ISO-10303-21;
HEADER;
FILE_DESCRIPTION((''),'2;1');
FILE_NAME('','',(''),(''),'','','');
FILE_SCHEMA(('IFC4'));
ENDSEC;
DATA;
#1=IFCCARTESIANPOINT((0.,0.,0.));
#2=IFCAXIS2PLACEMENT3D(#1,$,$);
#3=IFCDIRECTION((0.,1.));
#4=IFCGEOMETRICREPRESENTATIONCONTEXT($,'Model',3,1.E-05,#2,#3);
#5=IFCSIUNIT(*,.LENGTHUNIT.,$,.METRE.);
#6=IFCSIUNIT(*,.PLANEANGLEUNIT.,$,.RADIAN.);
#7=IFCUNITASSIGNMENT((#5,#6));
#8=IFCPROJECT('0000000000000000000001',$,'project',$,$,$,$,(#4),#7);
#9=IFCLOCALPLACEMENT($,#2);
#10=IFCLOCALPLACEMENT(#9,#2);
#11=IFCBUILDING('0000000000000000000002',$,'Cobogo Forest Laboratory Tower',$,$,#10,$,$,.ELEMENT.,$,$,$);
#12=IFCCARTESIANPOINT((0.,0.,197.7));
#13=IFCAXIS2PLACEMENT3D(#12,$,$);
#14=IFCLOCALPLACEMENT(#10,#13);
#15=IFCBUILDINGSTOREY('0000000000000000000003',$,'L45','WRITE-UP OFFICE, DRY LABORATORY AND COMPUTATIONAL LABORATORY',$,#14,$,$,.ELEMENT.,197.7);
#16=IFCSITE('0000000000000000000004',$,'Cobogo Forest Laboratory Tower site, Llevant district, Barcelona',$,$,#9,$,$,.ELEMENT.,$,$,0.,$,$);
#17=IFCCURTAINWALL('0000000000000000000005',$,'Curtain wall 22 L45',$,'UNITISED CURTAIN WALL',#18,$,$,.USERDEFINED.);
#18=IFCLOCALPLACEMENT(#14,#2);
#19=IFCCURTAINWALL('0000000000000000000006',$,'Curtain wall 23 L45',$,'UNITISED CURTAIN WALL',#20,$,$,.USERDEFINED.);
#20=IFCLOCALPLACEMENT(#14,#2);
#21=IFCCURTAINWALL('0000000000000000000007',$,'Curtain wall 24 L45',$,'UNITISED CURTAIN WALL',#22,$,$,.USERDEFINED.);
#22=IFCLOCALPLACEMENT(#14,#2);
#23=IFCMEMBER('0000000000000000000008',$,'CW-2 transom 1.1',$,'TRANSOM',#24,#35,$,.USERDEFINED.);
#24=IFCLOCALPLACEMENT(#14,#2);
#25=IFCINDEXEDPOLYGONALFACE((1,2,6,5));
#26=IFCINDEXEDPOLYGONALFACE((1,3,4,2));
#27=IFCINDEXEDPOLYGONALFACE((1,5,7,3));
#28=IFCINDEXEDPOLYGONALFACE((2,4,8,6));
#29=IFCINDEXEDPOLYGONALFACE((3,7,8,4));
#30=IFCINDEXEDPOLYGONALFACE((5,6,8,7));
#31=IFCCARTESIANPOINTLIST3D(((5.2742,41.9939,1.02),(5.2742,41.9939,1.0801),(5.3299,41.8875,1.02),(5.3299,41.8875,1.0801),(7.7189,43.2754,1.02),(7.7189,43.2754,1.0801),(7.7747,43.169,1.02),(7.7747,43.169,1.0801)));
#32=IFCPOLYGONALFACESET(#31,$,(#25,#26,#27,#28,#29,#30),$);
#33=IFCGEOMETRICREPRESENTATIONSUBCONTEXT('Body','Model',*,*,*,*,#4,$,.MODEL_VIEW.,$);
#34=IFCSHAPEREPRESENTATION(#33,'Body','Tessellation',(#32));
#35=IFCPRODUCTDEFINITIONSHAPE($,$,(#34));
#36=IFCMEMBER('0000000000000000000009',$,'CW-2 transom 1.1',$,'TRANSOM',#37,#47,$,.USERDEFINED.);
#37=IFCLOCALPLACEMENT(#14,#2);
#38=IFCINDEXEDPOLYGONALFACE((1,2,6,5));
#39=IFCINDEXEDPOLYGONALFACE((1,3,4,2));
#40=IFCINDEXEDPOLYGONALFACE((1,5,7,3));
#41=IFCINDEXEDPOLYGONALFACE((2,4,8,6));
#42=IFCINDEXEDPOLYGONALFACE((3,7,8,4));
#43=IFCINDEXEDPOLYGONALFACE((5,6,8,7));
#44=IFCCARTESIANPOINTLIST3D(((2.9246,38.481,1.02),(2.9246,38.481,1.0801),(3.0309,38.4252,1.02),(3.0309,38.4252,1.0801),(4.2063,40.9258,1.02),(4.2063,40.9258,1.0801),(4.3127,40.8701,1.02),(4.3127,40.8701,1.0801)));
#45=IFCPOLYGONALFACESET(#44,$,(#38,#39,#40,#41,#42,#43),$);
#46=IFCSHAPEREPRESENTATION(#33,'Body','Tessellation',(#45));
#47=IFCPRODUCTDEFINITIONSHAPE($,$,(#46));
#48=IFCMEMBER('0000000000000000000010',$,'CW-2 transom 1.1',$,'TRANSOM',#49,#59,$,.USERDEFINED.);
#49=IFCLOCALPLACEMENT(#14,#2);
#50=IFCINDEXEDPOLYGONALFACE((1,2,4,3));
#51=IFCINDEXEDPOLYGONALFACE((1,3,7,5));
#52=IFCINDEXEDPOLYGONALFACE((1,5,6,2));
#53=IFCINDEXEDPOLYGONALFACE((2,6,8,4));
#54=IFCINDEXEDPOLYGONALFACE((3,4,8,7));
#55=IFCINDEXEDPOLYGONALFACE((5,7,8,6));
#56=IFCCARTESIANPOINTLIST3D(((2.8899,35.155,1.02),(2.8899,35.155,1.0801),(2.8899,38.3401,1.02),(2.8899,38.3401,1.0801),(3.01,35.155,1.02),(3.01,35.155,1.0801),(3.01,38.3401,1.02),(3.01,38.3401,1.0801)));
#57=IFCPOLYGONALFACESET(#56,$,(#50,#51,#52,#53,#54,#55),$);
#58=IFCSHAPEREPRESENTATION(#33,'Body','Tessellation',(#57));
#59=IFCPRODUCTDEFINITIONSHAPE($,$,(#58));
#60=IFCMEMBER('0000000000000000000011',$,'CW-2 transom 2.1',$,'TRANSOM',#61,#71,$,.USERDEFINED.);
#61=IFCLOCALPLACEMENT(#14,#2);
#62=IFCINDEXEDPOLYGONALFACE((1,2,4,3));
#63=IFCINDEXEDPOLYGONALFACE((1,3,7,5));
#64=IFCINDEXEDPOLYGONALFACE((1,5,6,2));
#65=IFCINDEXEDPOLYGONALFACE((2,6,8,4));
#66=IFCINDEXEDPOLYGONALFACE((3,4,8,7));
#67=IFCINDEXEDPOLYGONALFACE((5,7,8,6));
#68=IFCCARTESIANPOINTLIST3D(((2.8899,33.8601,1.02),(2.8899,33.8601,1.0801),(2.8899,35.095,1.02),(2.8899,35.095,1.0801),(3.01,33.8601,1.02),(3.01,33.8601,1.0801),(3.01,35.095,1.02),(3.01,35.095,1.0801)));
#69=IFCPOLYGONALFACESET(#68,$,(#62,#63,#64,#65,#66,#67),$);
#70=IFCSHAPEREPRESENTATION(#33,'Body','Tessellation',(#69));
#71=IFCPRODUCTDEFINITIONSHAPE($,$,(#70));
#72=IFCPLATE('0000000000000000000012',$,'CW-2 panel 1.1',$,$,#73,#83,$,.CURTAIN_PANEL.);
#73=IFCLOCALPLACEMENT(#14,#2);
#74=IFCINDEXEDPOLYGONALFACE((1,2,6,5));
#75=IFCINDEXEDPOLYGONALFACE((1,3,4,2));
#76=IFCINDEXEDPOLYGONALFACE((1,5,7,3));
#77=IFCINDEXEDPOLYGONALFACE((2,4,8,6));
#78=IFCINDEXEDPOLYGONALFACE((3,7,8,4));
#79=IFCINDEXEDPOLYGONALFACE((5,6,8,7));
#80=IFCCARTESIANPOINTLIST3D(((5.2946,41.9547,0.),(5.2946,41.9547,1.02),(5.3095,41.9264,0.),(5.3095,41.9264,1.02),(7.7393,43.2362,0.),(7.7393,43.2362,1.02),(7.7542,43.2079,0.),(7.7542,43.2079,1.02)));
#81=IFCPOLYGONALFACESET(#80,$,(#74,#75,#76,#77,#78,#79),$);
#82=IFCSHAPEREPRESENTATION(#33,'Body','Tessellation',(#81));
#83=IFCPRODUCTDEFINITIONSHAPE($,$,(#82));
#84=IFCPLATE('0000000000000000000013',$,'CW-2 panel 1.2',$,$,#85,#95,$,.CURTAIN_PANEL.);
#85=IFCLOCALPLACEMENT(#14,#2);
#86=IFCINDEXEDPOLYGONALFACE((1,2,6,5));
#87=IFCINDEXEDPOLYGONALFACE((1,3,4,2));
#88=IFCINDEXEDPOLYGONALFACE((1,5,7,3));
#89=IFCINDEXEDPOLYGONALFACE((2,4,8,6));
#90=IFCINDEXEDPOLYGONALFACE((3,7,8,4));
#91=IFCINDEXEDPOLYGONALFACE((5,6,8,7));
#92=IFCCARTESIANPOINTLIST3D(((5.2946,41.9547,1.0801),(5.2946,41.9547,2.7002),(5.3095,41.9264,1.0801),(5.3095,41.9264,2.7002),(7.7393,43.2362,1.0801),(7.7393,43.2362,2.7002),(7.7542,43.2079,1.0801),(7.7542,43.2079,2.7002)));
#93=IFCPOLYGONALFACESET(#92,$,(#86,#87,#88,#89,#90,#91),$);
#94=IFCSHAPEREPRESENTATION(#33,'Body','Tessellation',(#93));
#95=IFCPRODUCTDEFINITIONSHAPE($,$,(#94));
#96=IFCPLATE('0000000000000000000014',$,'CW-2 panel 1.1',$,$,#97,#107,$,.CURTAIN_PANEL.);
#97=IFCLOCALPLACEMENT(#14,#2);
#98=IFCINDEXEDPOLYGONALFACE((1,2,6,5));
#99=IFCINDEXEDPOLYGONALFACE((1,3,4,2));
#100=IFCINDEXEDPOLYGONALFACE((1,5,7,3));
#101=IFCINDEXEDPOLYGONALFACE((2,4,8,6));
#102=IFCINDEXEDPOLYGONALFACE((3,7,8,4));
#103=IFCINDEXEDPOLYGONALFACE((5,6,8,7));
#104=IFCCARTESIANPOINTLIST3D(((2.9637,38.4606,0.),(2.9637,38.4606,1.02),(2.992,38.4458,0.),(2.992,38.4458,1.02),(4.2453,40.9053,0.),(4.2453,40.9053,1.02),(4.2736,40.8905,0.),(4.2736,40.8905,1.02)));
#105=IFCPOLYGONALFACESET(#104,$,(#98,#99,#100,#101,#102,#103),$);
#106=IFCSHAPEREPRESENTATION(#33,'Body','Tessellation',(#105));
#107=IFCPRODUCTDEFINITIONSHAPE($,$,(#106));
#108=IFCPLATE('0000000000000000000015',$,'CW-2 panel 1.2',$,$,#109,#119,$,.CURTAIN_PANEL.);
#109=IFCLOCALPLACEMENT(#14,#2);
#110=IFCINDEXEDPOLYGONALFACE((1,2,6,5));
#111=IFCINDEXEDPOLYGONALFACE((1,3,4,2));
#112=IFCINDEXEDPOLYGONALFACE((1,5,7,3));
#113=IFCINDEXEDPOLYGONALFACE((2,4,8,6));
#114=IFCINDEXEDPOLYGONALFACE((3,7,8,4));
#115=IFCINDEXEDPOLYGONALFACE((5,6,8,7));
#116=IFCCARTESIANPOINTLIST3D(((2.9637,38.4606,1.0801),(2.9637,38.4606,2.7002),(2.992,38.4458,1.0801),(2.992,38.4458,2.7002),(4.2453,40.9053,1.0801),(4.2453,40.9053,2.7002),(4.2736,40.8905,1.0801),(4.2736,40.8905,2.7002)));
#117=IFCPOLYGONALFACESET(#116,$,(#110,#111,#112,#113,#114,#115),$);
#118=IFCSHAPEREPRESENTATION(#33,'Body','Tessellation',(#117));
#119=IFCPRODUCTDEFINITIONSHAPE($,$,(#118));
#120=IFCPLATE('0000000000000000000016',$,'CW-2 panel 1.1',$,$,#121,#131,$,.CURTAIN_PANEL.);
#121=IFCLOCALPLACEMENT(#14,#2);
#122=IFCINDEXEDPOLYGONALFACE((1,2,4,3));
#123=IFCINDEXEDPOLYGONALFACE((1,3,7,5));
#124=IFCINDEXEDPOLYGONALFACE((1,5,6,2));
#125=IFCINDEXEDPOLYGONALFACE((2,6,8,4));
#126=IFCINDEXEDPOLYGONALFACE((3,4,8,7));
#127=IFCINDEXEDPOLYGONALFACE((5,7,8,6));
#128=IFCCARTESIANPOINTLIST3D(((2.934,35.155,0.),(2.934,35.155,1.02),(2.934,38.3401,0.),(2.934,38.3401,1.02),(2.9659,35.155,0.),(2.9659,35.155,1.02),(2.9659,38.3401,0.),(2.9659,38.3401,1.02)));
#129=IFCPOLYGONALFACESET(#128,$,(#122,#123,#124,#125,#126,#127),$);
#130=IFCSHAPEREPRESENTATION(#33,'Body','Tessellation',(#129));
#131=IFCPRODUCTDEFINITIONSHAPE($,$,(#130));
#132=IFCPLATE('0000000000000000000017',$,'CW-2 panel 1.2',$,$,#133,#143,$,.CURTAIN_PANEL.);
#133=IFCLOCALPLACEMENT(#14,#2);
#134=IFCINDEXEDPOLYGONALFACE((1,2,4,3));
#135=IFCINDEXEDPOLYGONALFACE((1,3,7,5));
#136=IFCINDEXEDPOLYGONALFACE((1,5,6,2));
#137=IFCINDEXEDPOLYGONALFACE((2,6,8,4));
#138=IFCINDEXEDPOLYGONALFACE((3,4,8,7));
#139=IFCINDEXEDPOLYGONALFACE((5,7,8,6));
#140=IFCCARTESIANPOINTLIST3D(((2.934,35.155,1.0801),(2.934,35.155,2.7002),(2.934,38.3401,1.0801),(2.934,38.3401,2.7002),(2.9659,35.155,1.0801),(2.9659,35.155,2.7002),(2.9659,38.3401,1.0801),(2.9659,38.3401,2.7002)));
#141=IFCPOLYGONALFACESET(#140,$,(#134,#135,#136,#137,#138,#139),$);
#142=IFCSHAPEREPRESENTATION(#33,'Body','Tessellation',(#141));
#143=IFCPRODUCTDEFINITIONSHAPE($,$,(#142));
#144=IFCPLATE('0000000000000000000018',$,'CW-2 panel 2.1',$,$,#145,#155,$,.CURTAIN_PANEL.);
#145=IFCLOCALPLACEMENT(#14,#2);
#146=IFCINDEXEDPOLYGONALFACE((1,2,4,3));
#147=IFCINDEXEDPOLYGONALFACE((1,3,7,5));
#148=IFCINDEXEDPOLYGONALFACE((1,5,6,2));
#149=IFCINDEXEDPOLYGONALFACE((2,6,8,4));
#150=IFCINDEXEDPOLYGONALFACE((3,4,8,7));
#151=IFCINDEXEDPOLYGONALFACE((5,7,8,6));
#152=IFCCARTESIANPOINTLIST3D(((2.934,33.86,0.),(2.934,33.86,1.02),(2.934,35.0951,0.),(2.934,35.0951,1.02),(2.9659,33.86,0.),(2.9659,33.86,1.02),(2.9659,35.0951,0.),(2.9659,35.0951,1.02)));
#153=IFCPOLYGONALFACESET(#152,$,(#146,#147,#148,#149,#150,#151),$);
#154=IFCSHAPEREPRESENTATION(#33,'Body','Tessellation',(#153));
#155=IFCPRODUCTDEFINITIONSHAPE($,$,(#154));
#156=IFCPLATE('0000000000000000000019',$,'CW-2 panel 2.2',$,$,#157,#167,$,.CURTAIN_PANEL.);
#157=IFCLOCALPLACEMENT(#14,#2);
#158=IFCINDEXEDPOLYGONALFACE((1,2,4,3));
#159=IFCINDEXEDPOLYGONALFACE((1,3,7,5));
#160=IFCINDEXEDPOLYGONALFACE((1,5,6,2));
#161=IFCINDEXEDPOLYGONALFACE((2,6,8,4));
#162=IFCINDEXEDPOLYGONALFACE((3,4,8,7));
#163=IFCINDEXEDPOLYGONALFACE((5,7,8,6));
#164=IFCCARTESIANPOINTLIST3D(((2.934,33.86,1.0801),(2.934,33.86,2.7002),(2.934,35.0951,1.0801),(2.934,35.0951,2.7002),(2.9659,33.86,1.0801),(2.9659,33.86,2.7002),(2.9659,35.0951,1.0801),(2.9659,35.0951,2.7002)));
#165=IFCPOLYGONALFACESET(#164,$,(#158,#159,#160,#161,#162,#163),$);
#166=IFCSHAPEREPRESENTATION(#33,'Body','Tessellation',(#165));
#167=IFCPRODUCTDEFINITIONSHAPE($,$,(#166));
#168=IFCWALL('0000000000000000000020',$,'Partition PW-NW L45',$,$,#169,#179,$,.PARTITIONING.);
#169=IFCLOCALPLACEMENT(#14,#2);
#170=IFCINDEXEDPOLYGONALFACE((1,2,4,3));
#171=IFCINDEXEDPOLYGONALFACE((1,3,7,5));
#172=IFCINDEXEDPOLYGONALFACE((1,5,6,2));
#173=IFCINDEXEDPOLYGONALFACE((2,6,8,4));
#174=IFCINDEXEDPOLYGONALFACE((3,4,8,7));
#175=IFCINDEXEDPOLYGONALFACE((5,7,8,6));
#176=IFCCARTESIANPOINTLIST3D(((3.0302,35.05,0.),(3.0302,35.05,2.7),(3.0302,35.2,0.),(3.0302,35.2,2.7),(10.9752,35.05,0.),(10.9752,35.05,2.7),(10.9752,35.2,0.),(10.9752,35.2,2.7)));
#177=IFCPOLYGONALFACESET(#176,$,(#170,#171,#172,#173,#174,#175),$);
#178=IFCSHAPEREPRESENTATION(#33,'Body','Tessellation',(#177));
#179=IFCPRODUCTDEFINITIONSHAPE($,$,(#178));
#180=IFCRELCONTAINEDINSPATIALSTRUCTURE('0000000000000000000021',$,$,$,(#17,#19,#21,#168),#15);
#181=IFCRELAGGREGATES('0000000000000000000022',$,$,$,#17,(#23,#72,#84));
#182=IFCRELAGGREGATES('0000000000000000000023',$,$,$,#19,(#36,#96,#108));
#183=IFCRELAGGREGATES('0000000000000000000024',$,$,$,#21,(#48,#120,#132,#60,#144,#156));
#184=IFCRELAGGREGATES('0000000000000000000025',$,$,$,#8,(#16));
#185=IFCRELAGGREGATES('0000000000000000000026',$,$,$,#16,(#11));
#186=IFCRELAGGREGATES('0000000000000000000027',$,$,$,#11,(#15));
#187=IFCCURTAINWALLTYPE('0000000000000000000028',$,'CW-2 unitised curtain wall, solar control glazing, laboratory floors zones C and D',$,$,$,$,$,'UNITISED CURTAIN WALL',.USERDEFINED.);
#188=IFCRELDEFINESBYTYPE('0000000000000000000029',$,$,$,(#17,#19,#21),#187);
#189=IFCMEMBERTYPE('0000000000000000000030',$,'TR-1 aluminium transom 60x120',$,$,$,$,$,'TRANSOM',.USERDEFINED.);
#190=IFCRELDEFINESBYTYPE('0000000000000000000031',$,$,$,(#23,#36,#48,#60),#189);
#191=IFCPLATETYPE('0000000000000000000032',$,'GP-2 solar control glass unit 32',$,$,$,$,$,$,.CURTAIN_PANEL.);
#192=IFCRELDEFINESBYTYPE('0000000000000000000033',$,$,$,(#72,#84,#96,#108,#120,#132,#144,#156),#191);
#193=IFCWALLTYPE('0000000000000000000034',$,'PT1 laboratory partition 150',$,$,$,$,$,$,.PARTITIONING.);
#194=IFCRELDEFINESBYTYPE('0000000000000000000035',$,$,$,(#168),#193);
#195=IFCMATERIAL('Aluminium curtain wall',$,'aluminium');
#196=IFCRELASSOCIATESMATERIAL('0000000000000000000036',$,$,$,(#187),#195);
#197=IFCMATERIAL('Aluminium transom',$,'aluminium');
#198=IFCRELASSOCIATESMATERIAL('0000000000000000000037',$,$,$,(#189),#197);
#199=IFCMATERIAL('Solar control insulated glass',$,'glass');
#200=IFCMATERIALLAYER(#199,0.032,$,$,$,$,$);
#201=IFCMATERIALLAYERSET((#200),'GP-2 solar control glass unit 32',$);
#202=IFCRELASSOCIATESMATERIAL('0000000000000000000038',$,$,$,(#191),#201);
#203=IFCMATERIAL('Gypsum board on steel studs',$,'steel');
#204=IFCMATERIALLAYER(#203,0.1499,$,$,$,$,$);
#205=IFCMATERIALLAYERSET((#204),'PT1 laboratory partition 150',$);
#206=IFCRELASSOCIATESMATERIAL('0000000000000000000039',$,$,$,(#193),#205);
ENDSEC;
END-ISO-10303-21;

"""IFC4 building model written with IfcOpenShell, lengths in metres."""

from ifc_helpers import new_model, si_unit, direction, frame, frame_2d, origin, origin_2d, place, context, subcontext, project, spatial, rectangle, extrude, material, layer, layer_set, material_profile, profile_set, type_object, element, aggregate, save


model = new_model("IFC4")

# Units and contexts
model_context = context("Model", 3, precision=1e-05, world=origin(), true_north=direction((0.0, 1.0)))
body_context = subcontext(model_context, "Body", "Model", "MODEL_VIEW")
ifc_project = project(units=[si_unit("LENGTHUNIT", "METRE"), si_unit("PLANEANGLEUNIT", "RADIAN")], contexts=[model_context])

# Site, building, storey
site_placement = place(None, origin())
site = spatial("IfcSite", under=ifc_project, at=site_placement, Name="Cobogo Forest Laboratory Tower site, Llevant district, Barcelona", CompositionType="ELEMENT", RefElevation=0.0)
building_placement = place(site_placement, origin())
building = spatial("IfcBuilding", under=site, at=building_placement, Name="Cobogo Forest Laboratory Tower", CompositionType="ELEMENT")
storey_placement = place(building_placement, frame((0.0, 0.0, 197.7)))
storey = spatial("IfcBuildingStorey", under=building, at=storey_placement, Name="L45", Description="WRITE-UP OFFICE, DRY LABORATORY AND COMPUTATIONAL LABORATORY", CompositionType="ELEMENT", Elevation=197.7)

# Curtain walls
ifc_material_1 = material(Name="Aluminium curtain wall", Category="aluminium")
curtain_wall_type = type_object("IfcCurtainWallType", Name="CW-2 unitised curtain wall, solar control glazing, laboratory floors zones C and D", ElementType="UNITISED CURTAIN WALL", PredefinedType="USERDEFINED", material=ifc_material_1)
curtain_wall_1_placement = place(storey_placement, origin())
curtain_wall_1 = element("IfcCurtainWall", 1, at=curtain_wall_1_placement, inside=storey, type_object=curtain_wall_type, Name="Curtain wall 22 L45", ObjectType="UNITISED CURTAIN WALL", PredefinedType="USERDEFINED")
curtain_wall_2_placement = place(storey_placement, origin())
curtain_wall_2 = element("IfcCurtainWall", 2, at=curtain_wall_2_placement, inside=storey, type_object=curtain_wall_type, Name="Curtain wall 23 L45", ObjectType="UNITISED CURTAIN WALL", PredefinedType="USERDEFINED")
curtain_wall_3_placement = place(storey_placement, origin())
curtain_wall_3 = element("IfcCurtainWall", 3, at=curtain_wall_3_placement, inside=storey, type_object=curtain_wall_type, Name="Curtain wall 24 L45", ObjectType="UNITISED CURTAIN WALL", PredefinedType="USERDEFINED")

# Members
ifc_material_2 = material(Name="Aluminium transom", Category="aluminium")
ifc_material_profile_1 = material_profile(ifc_material_2, rectangle(XDim=0.1201, YDim=0.0601, at=origin_2d()), Name="AL 60x120")
ifc_profile_set_1 = profile_set([ifc_material_profile_1], Name="Aluminium transom")
member_type_1 = type_object("IfcMemberType", Name="TR-1 aluminium transom 60x120", ElementType="TRANSOM", PredefinedType="USERDEFINED", material=ifc_profile_set_1)
member_1_placement = place(storey_placement, frame((7.7468, 43.2222, 1.05), z_axis=(-0.885702, -0.464255, 0.0), x_axis=(0.464255, -0.885702, 0.0)))
member_1 = element("IfcMember", 4, at=member_1_placement, type_object=member_type_1, Name="CW-2 transom 1.1", ObjectType="TRANSOM", PredefinedType="USERDEFINED", context=body_context, shape_type="SweptSolid", body=[
    extrude(rectangle(XDim=0.1201, YDim=0.0601, at=origin_2d()), origin(), (0.0, 0.0, 1.0), 2.7603),
])
member_2_placement = place(storey_placement, frame((4.2595, 40.8979, 1.05), z_axis=(-0.464324, -0.885665, 0.0), x_axis=(0.885665, -0.464324, 0.0)))
member_2 = element("IfcMember", 5, at=member_2_placement, type_object=member_type_1, Name="CW-2 transom 1.1", ObjectType="TRANSOM", PredefinedType="USERDEFINED", context=body_context, shape_type="SweptSolid", body=[
    extrude(rectangle(XDim=0.1201, YDim=0.0601, at=origin_2d()), origin(), (0.0, 0.0, 1.0), 2.7605),
])
member_3_placement = place(storey_placement, frame((2.95, 38.3401, 1.05), z_axis=(0.0, -1.0, 0.0), x_axis=(1.0, 0.0, 0.0)))
member_3 = element("IfcMember", 6, at=member_3_placement, type_object=member_type_1, Name="CW-2 transom 1.1", ObjectType="TRANSOM", PredefinedType="USERDEFINED", context=body_context, shape_type="SweptSolid", body=[
    extrude(rectangle(XDim=0.1201, YDim=0.0601, at=origin_2d()), origin(), (0.0, 0.0, 1.0), 3.1851),
])
member_4_placement = place(storey_placement, frame((2.95, 35.095, 1.05), z_axis=(0.0, -1.0, 0.0), x_axis=(1.0, 0.0, 0.0)))
member_4 = element("IfcMember", 7, at=member_4_placement, type_object=member_type_1, Name="CW-2 transom 2.1", ObjectType="TRANSOM", PredefinedType="USERDEFINED", context=body_context, shape_type="SweptSolid", body=[
    extrude(rectangle(XDim=0.1201, YDim=0.0601, at=origin_2d()), origin(), (0.0, 0.0, 1.0), 1.2349),
])

# Plates
ifc_material_3 = material(Name="Solar control insulated glass", Category="glass")
ifc_layer_1 = layer(ifc_material_3, 0.032)
ifc_layer_set_1 = layer_set([ifc_layer_1], Name="GP-2 solar control glass unit 32")
plate_type = type_object("IfcPlateType", Name="GP-2 solar control glass unit 32", PredefinedType="CURTAIN_PANEL", material=ifc_layer_set_1)
plate_1_placement = place(storey_placement, frame((6.5244, 42.5813, 0.0), z_axis=(0.0, 0.0, 1.0), x_axis=(-0.885686, -0.464284, 0.0)))
plate_1 = element("IfcPlate", 8, at=plate_1_placement, type_object=plate_type, Name="CW-2 panel 1.1", PredefinedType="CURTAIN_PANEL", context=body_context, shape_type="SweptSolid", body=[
    extrude(rectangle(XDim=2.7603, YDim=0.032, at=origin_2d()), origin(), (0.0, 0.0, 1.0), 1.02),
])
plate_2_placement = place(storey_placement, frame((6.5244, 42.5813, 1.0801), z_axis=(0.0, 0.0, 1.0), x_axis=(-0.885686, -0.464284, 0.0)))
plate_2 = element("IfcPlate", 9, at=plate_2_placement, type_object=plate_type, Name="CW-2 panel 1.2", PredefinedType="CURTAIN_PANEL", context=body_context, shape_type="SweptSolid", body=[
    extrude(rectangle(XDim=2.7603, YDim=0.032, at=origin_2d()), origin(), (0.0, 0.0, 1.0), 1.6201),
])
aggregate(curtain_wall_1, [member_1, plate_1, plate_2])
plate_3_placement = place(storey_placement, frame((3.6187, 39.6755, 0.0), z_axis=(0.0, 0.0, 1.0), x_axis=(-0.464284, -0.885686, 0.0)))
plate_3 = element("IfcPlate", 10, at=plate_3_placement, type_object=plate_type, Name="CW-2 panel 1.1", PredefinedType="CURTAIN_PANEL", context=body_context, shape_type="SweptSolid", body=[
    extrude(rectangle(XDim=2.7603, YDim=0.032, at=origin_2d()), origin(), (0.0, 0.0, 1.0), 1.02),
])
plate_4_placement = place(storey_placement, frame((3.6187, 39.6755, 1.0801), z_axis=(0.0, 0.0, 1.0), x_axis=(-0.464284, -0.885686, 0.0)))
plate_4 = element("IfcPlate", 11, at=plate_4_placement, type_object=plate_type, Name="CW-2 panel 1.2", PredefinedType="CURTAIN_PANEL", context=body_context, shape_type="SweptSolid", body=[
    extrude(rectangle(XDim=2.7603, YDim=0.032, at=origin_2d()), origin(), (0.0, 0.0, 1.0), 1.6201),
])
aggregate(curtain_wall_2, [member_2, plate_3, plate_4])
plate_5_placement = place(storey_placement, frame((2.95, 36.7476, 0.0), z_axis=(0.0, 0.0, 1.0), x_axis=(0.0, -1.0, 0.0)))
plate_5 = element("IfcPlate", 12, at=plate_5_placement, type_object=plate_type, Name="CW-2 panel 1.1", PredefinedType="CURTAIN_PANEL", context=body_context, shape_type="SweptSolid", body=[
    extrude(rectangle(XDim=3.1851, YDim=0.032, at=origin_2d()), origin(), (0.0, 0.0, 1.0), 1.02),
])
plate_6_placement = place(storey_placement, frame((2.95, 36.7476, 1.0801), z_axis=(0.0, 0.0, 1.0), x_axis=(0.0, -1.0, 0.0)))
plate_6 = element("IfcPlate", 13, at=plate_6_placement, type_object=plate_type, Name="CW-2 panel 1.2", PredefinedType="CURTAIN_PANEL", context=body_context, shape_type="SweptSolid", body=[
    extrude(rectangle(XDim=3.1851, YDim=0.032, at=origin_2d()), origin(), (0.0, 0.0, 1.0), 1.6201),
])
plate_7_placement = place(storey_placement, frame((2.95, 34.4775, 0.0), z_axis=(0.0, 0.0, 1.0), x_axis=(0.0, -1.0, 0.0)))
plate_7 = element("IfcPlate", 14, at=plate_7_placement, type_object=plate_type, Name="CW-2 panel 2.1", PredefinedType="CURTAIN_PANEL", context=body_context, shape_type="SweptSolid", body=[
    extrude(rectangle(XDim=1.2351, YDim=0.032, at=origin_2d()), origin(), (0.0, 0.0, 1.0), 1.02),
])
plate_8_placement = place(storey_placement, frame((2.95, 34.4775, 1.0801), z_axis=(0.0, 0.0, 1.0), x_axis=(0.0, -1.0, 0.0)))
plate_8 = element("IfcPlate", 15, at=plate_8_placement, type_object=plate_type, Name="CW-2 panel 2.2", PredefinedType="CURTAIN_PANEL", context=body_context, shape_type="SweptSolid", body=[
    extrude(rectangle(XDim=1.2351, YDim=0.032, at=origin_2d()), origin(), (0.0, 0.0, 1.0), 1.6201),
])
aggregate(curtain_wall_3, [member_3, plate_5, plate_6, member_4, plate_7, plate_8])

# Wall
ifc_material_4 = material(Name="Gypsum board on steel studs", Category="steel")
ifc_layer_2 = layer(ifc_material_4, 0.1499)
ifc_layer_set_2 = layer_set([ifc_layer_2], Name="PT1 laboratory partition 150")
wall_type = type_object("IfcWallType", Name="PT1 laboratory partition 150", PredefinedType="PARTITIONING", material=ifc_layer_set_2)
wall_placement = place(storey_placement, frame((3.03, 35.125, 0.0), z_axis=(0.0, 0.0, 1.0), x_axis=(1.0, 0.0, 0.0)))
element("IfcWall", 16, at=wall_placement, inside=storey, type_object=wall_type, Name="Partition PW-NW L45", PredefinedType="PARTITIONING", context=body_context, shape_type="SweptSolid", body=[
    extrude(rectangle(XDim=7.9451, YDim=0.1499, at=frame_2d((3.9727, 0.0))), origin(), (0.0, 0.0, 1.0), 2.7),
])

save(model, "model.ifc")
